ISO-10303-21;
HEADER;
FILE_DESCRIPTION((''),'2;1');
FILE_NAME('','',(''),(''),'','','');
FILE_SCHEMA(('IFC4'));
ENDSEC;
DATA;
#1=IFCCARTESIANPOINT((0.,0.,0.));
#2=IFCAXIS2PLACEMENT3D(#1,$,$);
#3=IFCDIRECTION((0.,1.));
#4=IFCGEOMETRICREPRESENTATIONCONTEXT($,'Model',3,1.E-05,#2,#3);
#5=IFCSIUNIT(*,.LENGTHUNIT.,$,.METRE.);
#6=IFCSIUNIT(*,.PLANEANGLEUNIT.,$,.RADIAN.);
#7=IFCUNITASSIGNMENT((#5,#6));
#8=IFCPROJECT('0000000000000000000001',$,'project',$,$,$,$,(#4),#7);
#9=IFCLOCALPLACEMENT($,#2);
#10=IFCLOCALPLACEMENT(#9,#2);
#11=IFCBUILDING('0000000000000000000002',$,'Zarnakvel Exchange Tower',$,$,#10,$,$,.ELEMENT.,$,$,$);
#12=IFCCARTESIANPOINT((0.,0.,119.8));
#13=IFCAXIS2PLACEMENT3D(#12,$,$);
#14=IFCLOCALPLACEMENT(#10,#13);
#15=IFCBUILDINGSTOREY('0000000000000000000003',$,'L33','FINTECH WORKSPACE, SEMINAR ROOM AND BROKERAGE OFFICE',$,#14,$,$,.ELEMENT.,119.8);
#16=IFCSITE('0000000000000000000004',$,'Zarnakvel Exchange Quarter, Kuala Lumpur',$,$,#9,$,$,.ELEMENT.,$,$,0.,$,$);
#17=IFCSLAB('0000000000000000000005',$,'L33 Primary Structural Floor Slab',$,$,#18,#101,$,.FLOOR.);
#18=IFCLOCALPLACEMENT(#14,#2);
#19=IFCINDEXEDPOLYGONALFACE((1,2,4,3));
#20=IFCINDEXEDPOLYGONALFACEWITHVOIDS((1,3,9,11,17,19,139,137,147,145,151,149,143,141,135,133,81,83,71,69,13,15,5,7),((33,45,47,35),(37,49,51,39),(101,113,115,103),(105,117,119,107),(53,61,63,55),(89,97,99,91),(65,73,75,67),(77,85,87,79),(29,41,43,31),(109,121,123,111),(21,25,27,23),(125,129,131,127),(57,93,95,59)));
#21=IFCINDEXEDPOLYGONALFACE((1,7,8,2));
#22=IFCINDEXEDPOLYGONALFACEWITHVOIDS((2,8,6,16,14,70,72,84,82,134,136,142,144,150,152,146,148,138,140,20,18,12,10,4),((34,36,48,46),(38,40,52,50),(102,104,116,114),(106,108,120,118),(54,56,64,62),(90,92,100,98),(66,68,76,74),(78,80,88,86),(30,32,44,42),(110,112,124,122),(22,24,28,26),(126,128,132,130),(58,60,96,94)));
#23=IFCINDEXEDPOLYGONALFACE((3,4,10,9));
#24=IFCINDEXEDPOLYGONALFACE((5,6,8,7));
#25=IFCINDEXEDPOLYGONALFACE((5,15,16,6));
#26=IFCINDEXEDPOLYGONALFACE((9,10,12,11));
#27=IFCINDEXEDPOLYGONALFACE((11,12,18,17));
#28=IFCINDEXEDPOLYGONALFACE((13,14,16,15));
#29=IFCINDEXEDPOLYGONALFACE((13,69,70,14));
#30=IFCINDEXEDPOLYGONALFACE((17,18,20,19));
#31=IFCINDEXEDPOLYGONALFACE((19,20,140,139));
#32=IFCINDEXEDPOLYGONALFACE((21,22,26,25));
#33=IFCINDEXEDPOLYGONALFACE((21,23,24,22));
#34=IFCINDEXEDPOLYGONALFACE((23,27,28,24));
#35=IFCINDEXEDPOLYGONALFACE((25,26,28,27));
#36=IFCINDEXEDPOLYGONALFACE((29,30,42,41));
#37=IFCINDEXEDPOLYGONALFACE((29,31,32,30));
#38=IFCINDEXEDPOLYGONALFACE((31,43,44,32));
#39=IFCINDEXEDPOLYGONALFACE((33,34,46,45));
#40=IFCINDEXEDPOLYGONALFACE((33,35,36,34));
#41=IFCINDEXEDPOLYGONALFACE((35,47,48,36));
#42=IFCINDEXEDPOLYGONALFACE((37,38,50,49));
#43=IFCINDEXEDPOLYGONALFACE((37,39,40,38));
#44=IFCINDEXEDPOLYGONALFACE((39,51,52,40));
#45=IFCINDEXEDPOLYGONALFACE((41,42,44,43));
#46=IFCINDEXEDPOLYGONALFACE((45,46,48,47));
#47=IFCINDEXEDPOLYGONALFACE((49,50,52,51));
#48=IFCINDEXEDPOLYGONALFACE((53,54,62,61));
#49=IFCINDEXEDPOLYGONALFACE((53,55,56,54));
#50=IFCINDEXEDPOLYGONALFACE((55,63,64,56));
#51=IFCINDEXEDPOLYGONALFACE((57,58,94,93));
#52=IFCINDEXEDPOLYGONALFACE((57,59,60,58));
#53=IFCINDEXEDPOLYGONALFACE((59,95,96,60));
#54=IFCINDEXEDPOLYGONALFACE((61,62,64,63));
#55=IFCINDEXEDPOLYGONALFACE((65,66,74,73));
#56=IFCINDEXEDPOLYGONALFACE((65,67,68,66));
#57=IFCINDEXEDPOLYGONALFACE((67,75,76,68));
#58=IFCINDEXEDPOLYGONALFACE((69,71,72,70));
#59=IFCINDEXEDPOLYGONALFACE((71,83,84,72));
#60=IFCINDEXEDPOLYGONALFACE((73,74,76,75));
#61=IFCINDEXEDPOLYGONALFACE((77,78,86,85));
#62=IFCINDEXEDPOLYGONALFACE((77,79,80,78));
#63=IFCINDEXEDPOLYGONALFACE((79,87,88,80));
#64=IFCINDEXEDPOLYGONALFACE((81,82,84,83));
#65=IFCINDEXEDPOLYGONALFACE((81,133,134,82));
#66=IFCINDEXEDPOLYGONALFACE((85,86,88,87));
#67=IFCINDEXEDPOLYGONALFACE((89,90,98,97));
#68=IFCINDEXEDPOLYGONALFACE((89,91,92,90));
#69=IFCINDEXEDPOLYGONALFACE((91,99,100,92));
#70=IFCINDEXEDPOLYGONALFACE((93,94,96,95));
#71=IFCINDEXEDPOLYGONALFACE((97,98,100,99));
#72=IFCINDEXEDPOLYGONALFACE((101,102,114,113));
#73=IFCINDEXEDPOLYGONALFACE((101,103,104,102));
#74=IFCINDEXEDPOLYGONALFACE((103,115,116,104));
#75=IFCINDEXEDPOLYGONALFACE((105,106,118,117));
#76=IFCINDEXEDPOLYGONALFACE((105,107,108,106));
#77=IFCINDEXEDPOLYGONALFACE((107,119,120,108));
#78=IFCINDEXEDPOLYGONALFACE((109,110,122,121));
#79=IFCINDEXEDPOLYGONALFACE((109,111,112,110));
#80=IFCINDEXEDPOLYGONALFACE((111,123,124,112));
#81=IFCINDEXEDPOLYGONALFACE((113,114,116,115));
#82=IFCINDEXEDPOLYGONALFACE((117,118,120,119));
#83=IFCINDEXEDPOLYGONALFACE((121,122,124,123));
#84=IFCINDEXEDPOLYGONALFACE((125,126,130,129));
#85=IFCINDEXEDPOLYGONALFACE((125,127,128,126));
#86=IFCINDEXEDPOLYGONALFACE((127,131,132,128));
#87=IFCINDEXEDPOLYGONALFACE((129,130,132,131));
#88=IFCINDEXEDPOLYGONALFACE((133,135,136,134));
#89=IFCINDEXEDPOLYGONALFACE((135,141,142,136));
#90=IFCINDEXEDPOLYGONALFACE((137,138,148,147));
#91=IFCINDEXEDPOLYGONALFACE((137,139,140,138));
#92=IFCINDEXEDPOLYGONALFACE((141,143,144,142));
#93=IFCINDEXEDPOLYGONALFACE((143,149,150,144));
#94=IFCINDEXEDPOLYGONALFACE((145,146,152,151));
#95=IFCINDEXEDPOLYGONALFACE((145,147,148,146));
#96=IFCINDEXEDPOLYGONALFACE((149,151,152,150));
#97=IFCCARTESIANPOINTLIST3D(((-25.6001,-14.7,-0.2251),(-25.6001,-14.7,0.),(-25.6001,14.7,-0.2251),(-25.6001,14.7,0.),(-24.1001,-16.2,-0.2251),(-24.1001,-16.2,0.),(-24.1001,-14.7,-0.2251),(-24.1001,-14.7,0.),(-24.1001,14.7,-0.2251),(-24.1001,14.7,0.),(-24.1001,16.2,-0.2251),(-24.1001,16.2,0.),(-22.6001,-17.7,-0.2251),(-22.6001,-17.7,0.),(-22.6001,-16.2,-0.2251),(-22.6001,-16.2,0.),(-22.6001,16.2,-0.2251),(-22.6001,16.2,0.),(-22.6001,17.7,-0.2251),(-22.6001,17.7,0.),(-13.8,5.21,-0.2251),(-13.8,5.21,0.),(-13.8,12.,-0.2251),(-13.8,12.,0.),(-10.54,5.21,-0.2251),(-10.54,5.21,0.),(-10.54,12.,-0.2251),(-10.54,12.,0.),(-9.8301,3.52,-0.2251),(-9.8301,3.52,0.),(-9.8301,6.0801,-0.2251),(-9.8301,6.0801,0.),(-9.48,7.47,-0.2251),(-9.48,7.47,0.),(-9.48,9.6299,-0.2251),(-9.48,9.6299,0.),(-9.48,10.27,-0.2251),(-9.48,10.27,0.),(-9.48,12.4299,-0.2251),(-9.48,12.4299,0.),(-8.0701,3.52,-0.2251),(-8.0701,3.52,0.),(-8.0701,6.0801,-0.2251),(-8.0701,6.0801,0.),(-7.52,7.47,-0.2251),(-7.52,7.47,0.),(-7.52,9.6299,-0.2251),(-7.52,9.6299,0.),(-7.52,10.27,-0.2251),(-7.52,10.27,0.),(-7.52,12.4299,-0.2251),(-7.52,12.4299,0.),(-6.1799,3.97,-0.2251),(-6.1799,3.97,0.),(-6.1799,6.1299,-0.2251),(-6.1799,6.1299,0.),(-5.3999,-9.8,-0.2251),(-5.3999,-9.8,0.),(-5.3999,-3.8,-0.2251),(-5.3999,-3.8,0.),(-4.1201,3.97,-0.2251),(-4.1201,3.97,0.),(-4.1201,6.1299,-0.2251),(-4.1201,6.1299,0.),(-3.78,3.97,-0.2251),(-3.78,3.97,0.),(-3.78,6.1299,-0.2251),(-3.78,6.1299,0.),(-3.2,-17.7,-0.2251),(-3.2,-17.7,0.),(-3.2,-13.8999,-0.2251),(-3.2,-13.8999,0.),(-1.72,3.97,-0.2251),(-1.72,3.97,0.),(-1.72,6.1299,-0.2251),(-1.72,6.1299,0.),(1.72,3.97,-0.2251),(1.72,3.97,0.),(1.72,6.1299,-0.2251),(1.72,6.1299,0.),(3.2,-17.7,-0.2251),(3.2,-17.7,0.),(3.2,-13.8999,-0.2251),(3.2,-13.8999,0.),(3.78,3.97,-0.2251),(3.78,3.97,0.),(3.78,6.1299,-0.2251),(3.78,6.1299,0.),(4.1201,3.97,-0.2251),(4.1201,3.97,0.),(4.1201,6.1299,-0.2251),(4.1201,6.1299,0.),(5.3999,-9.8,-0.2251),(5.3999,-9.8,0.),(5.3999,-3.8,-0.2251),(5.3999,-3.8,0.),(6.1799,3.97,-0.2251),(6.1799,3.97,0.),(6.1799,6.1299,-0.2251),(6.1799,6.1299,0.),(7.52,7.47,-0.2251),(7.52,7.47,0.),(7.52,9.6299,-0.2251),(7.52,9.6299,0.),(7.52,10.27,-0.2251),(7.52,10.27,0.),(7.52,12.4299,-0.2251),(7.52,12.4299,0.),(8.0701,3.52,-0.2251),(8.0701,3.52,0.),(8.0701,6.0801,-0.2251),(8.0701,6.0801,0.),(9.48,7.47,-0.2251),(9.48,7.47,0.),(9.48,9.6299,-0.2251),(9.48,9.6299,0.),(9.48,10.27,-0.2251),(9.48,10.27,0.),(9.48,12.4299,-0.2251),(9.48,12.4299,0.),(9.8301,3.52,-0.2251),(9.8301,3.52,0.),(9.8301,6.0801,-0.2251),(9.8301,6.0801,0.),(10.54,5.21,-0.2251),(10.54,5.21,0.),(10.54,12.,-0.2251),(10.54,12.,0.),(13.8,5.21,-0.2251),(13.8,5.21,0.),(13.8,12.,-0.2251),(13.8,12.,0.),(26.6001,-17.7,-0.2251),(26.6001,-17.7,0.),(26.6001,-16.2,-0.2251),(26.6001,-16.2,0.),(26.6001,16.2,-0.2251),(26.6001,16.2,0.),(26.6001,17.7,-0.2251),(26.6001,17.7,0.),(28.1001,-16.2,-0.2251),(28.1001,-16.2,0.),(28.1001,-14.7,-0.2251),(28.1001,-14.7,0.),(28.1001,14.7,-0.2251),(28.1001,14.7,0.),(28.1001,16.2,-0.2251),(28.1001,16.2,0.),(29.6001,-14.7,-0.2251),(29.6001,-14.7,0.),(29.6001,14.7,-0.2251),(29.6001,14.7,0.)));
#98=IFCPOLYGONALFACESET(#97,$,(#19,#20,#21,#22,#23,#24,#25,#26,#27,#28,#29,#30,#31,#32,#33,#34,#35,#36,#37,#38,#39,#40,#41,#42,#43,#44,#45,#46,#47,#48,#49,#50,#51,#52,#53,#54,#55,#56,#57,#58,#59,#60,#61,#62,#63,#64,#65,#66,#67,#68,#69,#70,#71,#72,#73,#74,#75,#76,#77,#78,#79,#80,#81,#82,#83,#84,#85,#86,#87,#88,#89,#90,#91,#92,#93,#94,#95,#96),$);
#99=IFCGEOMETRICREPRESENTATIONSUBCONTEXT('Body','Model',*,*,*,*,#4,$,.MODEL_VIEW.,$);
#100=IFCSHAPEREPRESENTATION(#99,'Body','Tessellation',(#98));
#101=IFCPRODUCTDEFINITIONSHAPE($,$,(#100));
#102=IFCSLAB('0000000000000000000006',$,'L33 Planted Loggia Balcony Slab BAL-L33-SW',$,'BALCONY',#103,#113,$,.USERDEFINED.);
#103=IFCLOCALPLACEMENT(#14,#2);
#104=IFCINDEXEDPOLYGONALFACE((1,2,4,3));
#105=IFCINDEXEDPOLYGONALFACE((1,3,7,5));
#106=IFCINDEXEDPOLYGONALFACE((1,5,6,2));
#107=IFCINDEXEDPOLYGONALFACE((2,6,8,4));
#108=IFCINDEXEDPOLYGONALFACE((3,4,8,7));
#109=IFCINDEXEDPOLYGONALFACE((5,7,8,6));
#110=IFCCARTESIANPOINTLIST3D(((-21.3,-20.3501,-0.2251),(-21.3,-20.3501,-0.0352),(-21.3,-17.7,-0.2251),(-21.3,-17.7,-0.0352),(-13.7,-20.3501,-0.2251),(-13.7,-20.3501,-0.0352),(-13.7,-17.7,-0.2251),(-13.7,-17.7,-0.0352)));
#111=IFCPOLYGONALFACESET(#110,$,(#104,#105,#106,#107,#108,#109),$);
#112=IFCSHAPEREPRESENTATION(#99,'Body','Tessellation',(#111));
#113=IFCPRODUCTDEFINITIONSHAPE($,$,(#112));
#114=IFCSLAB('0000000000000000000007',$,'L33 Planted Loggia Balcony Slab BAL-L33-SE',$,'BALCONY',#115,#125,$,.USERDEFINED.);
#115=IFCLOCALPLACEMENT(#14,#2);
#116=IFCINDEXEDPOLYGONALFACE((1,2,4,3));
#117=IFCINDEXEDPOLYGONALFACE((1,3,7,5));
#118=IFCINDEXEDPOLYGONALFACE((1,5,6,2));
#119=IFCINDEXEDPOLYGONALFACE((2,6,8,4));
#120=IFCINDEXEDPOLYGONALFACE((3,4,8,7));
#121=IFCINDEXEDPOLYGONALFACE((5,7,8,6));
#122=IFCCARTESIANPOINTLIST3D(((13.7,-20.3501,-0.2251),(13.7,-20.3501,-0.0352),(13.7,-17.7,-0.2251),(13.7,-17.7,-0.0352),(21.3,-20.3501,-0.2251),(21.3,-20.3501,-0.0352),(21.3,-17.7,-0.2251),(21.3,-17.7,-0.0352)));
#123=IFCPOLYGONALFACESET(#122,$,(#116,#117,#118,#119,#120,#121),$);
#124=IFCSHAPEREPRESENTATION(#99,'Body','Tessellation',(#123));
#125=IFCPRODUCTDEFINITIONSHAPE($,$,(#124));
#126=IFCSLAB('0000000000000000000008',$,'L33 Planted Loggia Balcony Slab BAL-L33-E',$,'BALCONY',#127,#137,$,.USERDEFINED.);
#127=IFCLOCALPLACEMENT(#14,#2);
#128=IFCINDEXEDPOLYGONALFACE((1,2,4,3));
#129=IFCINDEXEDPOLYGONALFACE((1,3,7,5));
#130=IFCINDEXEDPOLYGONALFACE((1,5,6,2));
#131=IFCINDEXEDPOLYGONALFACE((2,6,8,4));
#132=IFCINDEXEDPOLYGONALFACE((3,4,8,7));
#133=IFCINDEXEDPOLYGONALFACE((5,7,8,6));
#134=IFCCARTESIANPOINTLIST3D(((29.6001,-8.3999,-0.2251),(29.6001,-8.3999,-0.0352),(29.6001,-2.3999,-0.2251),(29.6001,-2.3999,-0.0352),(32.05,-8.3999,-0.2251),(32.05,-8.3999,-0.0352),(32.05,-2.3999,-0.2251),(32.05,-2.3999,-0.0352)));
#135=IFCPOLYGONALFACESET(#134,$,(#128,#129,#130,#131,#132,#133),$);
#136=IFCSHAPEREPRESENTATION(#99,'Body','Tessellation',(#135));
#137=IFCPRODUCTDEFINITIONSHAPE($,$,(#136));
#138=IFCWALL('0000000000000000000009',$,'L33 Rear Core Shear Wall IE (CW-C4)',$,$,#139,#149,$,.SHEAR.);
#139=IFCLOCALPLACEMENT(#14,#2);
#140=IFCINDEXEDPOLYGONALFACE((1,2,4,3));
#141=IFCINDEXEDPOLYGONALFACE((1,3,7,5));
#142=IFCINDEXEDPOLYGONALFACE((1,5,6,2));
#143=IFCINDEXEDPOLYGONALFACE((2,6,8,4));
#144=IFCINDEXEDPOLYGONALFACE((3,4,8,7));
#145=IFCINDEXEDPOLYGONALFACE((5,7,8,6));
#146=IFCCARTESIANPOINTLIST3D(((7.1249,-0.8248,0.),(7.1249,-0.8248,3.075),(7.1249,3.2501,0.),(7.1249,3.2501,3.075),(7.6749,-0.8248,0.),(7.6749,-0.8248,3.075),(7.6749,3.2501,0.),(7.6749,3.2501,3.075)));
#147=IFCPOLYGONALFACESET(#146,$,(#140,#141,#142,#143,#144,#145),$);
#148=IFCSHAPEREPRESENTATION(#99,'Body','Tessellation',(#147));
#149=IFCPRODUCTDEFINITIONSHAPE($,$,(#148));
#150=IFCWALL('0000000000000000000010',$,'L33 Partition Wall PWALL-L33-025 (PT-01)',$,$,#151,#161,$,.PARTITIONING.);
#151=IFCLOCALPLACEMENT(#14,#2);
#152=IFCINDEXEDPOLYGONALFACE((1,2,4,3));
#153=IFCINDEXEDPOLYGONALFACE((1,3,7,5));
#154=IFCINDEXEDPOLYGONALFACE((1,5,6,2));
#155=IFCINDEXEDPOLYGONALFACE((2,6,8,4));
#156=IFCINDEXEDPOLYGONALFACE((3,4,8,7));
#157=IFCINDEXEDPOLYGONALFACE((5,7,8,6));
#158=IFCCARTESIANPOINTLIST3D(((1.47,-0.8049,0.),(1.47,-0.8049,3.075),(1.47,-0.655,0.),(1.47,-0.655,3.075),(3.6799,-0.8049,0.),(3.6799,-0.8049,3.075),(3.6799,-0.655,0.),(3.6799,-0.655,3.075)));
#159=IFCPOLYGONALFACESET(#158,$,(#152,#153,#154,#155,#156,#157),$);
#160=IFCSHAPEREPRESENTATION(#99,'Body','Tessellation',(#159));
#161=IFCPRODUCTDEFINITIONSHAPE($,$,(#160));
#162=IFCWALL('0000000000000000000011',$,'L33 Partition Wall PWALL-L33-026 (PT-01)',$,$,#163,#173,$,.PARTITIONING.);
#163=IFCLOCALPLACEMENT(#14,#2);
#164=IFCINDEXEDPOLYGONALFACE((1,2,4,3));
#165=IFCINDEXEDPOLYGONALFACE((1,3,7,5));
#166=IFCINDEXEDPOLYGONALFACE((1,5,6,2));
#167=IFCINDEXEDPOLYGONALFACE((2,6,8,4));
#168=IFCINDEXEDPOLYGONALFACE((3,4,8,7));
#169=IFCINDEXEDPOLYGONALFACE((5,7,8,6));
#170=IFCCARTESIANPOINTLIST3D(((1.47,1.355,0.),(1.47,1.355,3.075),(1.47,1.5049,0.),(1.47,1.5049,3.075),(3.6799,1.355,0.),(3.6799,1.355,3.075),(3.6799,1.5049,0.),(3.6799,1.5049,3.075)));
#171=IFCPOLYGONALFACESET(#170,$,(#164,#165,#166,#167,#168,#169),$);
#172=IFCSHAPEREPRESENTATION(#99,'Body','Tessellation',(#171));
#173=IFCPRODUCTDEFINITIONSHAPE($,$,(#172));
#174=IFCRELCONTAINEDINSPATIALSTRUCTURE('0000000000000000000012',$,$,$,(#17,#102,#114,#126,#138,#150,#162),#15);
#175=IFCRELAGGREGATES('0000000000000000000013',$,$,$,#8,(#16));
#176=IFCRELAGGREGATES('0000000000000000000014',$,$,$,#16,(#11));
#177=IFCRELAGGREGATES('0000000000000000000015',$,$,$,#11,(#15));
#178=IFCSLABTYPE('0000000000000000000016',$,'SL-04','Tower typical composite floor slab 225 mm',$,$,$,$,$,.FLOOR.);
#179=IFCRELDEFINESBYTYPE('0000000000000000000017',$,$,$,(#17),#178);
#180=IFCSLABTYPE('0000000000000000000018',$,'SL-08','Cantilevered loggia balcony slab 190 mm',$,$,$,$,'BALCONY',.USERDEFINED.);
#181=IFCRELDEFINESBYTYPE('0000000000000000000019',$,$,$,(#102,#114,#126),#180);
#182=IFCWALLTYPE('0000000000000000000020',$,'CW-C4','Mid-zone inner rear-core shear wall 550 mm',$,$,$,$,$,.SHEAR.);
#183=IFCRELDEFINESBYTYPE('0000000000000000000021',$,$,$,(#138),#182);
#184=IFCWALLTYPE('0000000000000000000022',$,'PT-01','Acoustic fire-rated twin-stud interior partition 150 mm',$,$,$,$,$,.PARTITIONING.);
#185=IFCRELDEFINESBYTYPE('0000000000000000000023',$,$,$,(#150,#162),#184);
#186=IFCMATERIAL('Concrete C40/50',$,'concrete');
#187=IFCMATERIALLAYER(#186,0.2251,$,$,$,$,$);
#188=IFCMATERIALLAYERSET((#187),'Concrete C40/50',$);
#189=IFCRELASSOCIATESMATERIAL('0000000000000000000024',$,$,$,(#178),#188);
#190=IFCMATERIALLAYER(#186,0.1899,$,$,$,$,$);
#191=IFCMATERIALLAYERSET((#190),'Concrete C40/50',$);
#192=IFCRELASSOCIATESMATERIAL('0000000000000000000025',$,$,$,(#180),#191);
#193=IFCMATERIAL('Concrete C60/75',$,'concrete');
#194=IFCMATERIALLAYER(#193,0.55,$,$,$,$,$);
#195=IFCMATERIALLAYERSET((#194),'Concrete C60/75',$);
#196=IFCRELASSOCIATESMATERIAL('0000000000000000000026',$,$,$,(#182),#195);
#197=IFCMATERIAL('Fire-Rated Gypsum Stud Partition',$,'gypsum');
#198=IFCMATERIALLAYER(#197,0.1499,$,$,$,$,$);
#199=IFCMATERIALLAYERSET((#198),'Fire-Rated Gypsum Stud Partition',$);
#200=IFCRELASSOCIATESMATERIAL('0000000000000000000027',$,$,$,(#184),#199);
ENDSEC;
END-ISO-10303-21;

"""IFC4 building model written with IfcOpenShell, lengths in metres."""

from ifc_helpers import new_model, si_unit, direction, frame, frame_2d, origin, place, context, subcontext, project, spatial, polyline, rectangle, outline, extrude, material, layer, layer_set, type_object, element, save


model = new_model("IFC4")

# Units and contexts
model_context = context("Model", 3, precision=1e-05, world=origin(), true_north=direction((0.0, 1.0)))
body_context = subcontext(model_context, "Body", "Model", "MODEL_VIEW")
ifc_project = project(units=[si_unit("LENGTHUNIT", "METRE"), si_unit("PLANEANGLEUNIT", "RADIAN")], contexts=[model_context])

# Site, building, storey
site_placement = place(None, origin())
site = spatial("IfcSite", under=ifc_project, at=site_placement, Name="Zarnakvel Exchange Quarter, Kuala Lumpur", CompositionType="ELEMENT", RefElevation=0.0)
building_placement = place(site_placement, origin())
building = spatial("IfcBuilding", under=site, at=building_placement, Name="Zarnakvel Exchange Tower", CompositionType="ELEMENT")
storey_placement = place(building_placement, frame((0.0, 0.0, 119.8)))
storey = spatial("IfcBuildingStorey", under=building, at=storey_placement, Name="L33", Description="FINTECH WORKSPACE, SEMINAR ROOM AND BROKERAGE OFFICE", CompositionType="ELEMENT", Elevation=119.8)

# Shared definitions
ifc_material_1 = material(Name="Concrete C60/75", Category="concrete")

# Shared definitions
ifc_material_2 = material(Name="Concrete C40/50", Category="concrete")

# Slabs
ifc_layer_1 = layer(ifc_material_2, 0.2251)
ifc_layer_set_1 = layer_set([ifc_layer_1], Name="Concrete C40/50")
slab_type_1 = type_object("IfcSlabType", Name="SL-04", Description="Tower typical composite floor slab 225 mm", PredefinedType="FLOOR", material=ifc_layer_set_1)
slab_1_placement = place(storey_placement, frame((0.0, 0.0, -0.2251)))
element("IfcSlab", 1, at=slab_1_placement, inside=storey, type_object=slab_type_1, Name="L33 Primary Structural Floor Slab", PredefinedType="FLOOR", context=body_context, shape_type="SweptSolid", body=[
    extrude(outline(polyline([(-25.6001, -14.7), (-24.1001, -14.7), (-24.1001, -16.2), (-22.6001, -16.2), (-22.6001, -17.7), (-3.2, -17.7), (-3.2, -13.8999), (3.2, -13.8999), (3.2, -17.7), (26.6001, -17.7), (26.6001, -16.2), (28.1001, -16.2), (28.1001, -14.7), (29.6001, -14.7), (29.6001, 14.7), (28.1001, 14.7), (28.1001, 16.2), (26.6001, 16.2), (26.6001, 17.7), (-22.6001, 17.7), (-22.6001, 16.2), (-24.1001, 16.2), (-24.1001, 14.7), (-25.6001, 14.7), (-25.6001, -14.7)]), holes=[polyline([(-5.3999, -9.8), (5.3999, -9.8), (5.3999, -3.8), (-5.3999, -3.8), (-5.3999, -9.8)]), polyline([(-13.8, 5.21), (-10.54, 5.21), (-10.54, 12.0), (-13.8, 12.0), (-13.8, 5.21)]), polyline([(10.54, 5.21), (13.8, 5.21), (13.8, 12.0), (10.54, 12.0), (10.54, 5.21)]), polyline([(-9.8301, 3.52), (-8.0701, 3.52), (-8.0701, 6.0801), (-9.8301, 6.0801), (-9.8301, 3.52)]), polyline([(8.0701, 3.52), (9.8301, 3.52), (9.8301, 6.0801), (8.0701, 6.0801), (8.0701, 3.52)]), polyline([(-6.1799, 3.97), (-4.1201, 3.97), (-4.1201, 6.1299), (-6.1799, 6.1299), (-6.1799, 3.97)]), polyline([(-3.78, 3.97), (-1.72, 3.97), (-1.72, 6.1299), (-3.78, 6.1299), (-3.78, 3.97)]), polyline([(1.72, 3.97), (3.78, 3.97), (3.78, 6.1299), (1.72, 6.1299), (1.72, 3.97)]), polyline([(4.1201, 3.97), (6.1799, 3.97), (6.1799, 6.1299), (4.1201, 6.1299), (4.1201, 3.97)]), polyline([(-9.48, 7.47), (-7.52, 7.47), (-7.52, 9.6299), (-9.48, 9.6299), (-9.48, 7.47)]), polyline([(-9.48, 10.27), (-7.52, 10.27), (-7.52, 12.4299), (-9.48, 12.4299), (-9.48, 10.27)]), polyline([(7.52, 7.47), (9.48, 7.47), (9.48, 9.6299), (7.52, 9.6299), (7.52, 7.47)]), polyline([(7.52, 10.27), (9.48, 10.27), (9.48, 12.4299), (7.52, 12.4299), (7.52, 10.27)])]), origin(), (0.0, 0.0, 1.0), 0.2251),
])
ifc_layer_2 = layer(ifc_material_2, 0.1899)
ifc_layer_set_2 = layer_set([ifc_layer_2], Name="Concrete C40/50")
slab_type_2 = type_object("IfcSlabType", Name="SL-08", Description="Cantilevered loggia balcony slab 190 mm", ElementType="BALCONY", PredefinedType="USERDEFINED", material=ifc_layer_set_2)
slab_2_placement = place(storey_placement, frame((0.0, 0.0, -0.2251)))
element("IfcSlab", 2, at=slab_2_placement, inside=storey, type_object=slab_type_2, Name="L33 Planted Loggia Balcony Slab BAL-L33-SW", ObjectType="BALCONY", PredefinedType="USERDEFINED", context=body_context, shape_type="SweptSolid", body=[
    extrude(outline(polyline([(-21.3, -20.3501), (-13.7, -20.3501), (-13.7, -17.7), (-21.3, -17.7), (-21.3, -20.3501)])), origin(), (0.0, 0.0, 1.0), 0.1899),
])
slab_3_placement = place(storey_placement, frame((0.0, 0.0, -0.2251)))
element("IfcSlab", 3, at=slab_3_placement, inside=storey, type_object=slab_type_2, Name="L33 Planted Loggia Balcony Slab BAL-L33-SE", ObjectType="BALCONY", PredefinedType="USERDEFINED", context=body_context, shape_type="SweptSolid", body=[
    extrude(outline(polyline([(13.7, -20.3501), (21.3, -20.3501), (21.3, -17.7), (13.7, -17.7), (13.7, -20.3501)])), origin(), (0.0, 0.0, 1.0), 0.1899),
])
slab_4_placement = place(storey_placement, frame((0.0, 0.0, -0.2251)))
element("IfcSlab", 4, at=slab_4_placement, inside=storey, type_object=slab_type_2, Name="L33 Planted Loggia Balcony Slab BAL-L33-E", ObjectType="BALCONY", PredefinedType="USERDEFINED", context=body_context, shape_type="SweptSolid", body=[
    extrude(outline(polyline([(29.6001, -8.3999), (32.05, -8.3999), (32.05, -2.3999), (29.6001, -2.3999), (29.6001, -8.3999)])), origin(), (0.0, 0.0, 1.0), 0.1899),
])

# Walls
ifc_layer_3 = layer(ifc_material_1, 0.55)
ifc_layer_set_3 = layer_set([ifc_layer_3], Name="Concrete C60/75")
wall_type_1 = type_object("IfcWallType", Name="CW-C4", Description="Mid-zone inner rear-core shear wall 550 mm", PredefinedType="SHEAR", material=ifc_layer_set_3)
wall_1_placement = place(storey_placement, frame((7.3999, -0.825, 0.0), z_axis=(0.0, 0.0, 1.0), x_axis=(0.0, 1.0, 0.0)))
element("IfcWall", 5, at=wall_1_placement, inside=storey, type_object=wall_type_1, Name="L33 Rear Core Shear Wall IE (CW-C4)", PredefinedType="SHEAR", context=body_context, shape_type="SweptSolid", body=[
    extrude(rectangle(XDim=4.075, YDim=0.55, at=frame_2d((2.0376, 0.0))), origin(), (0.0, 0.0, 1.0), 3.075),
])
ifc_material_3 = material(Name="Fire-Rated Gypsum Stud Partition", Category="gypsum")
ifc_layer_4 = layer(ifc_material_3, 0.1499)
ifc_layer_set_4 = layer_set([ifc_layer_4], Name="Fire-Rated Gypsum Stud Partition")
wall_type_2 = type_object("IfcWallType", Name="PT-01", Description="Acoustic fire-rated twin-stud interior partition 150 mm", PredefinedType="PARTITIONING", material=ifc_layer_set_4)
for number, where, z_axis, x_axis, name in (
    (6, (3.6799, -0.73, 0.0), (0.0, 0.0, 1.0), (-1.0, 0.0, 0.0), "L33 Partition Wall PWALL-L33-025 (PT-01)"),
    (7, (1.47, 1.4299, 0.0), (0.0, 0.0, 1.0), (1.0, 0.0, 0.0), "L33 Partition Wall PWALL-L33-026 (PT-01)"),
):
    element("IfcWall", number, at=place(storey_placement, frame(where, z_axis=z_axis, x_axis=x_axis)), inside=storey, type_object=wall_type_2, Name=name, PredefinedType="PARTITIONING", context=body_context, shape_type="SweptSolid", body=[
        extrude(rectangle(XDim=2.21, YDim=0.1499, at=frame_2d((1.105, 0.0))), origin(), (0.0, 0.0, 1.0), 3.075),
    ])

save(model, "model.ifc")
